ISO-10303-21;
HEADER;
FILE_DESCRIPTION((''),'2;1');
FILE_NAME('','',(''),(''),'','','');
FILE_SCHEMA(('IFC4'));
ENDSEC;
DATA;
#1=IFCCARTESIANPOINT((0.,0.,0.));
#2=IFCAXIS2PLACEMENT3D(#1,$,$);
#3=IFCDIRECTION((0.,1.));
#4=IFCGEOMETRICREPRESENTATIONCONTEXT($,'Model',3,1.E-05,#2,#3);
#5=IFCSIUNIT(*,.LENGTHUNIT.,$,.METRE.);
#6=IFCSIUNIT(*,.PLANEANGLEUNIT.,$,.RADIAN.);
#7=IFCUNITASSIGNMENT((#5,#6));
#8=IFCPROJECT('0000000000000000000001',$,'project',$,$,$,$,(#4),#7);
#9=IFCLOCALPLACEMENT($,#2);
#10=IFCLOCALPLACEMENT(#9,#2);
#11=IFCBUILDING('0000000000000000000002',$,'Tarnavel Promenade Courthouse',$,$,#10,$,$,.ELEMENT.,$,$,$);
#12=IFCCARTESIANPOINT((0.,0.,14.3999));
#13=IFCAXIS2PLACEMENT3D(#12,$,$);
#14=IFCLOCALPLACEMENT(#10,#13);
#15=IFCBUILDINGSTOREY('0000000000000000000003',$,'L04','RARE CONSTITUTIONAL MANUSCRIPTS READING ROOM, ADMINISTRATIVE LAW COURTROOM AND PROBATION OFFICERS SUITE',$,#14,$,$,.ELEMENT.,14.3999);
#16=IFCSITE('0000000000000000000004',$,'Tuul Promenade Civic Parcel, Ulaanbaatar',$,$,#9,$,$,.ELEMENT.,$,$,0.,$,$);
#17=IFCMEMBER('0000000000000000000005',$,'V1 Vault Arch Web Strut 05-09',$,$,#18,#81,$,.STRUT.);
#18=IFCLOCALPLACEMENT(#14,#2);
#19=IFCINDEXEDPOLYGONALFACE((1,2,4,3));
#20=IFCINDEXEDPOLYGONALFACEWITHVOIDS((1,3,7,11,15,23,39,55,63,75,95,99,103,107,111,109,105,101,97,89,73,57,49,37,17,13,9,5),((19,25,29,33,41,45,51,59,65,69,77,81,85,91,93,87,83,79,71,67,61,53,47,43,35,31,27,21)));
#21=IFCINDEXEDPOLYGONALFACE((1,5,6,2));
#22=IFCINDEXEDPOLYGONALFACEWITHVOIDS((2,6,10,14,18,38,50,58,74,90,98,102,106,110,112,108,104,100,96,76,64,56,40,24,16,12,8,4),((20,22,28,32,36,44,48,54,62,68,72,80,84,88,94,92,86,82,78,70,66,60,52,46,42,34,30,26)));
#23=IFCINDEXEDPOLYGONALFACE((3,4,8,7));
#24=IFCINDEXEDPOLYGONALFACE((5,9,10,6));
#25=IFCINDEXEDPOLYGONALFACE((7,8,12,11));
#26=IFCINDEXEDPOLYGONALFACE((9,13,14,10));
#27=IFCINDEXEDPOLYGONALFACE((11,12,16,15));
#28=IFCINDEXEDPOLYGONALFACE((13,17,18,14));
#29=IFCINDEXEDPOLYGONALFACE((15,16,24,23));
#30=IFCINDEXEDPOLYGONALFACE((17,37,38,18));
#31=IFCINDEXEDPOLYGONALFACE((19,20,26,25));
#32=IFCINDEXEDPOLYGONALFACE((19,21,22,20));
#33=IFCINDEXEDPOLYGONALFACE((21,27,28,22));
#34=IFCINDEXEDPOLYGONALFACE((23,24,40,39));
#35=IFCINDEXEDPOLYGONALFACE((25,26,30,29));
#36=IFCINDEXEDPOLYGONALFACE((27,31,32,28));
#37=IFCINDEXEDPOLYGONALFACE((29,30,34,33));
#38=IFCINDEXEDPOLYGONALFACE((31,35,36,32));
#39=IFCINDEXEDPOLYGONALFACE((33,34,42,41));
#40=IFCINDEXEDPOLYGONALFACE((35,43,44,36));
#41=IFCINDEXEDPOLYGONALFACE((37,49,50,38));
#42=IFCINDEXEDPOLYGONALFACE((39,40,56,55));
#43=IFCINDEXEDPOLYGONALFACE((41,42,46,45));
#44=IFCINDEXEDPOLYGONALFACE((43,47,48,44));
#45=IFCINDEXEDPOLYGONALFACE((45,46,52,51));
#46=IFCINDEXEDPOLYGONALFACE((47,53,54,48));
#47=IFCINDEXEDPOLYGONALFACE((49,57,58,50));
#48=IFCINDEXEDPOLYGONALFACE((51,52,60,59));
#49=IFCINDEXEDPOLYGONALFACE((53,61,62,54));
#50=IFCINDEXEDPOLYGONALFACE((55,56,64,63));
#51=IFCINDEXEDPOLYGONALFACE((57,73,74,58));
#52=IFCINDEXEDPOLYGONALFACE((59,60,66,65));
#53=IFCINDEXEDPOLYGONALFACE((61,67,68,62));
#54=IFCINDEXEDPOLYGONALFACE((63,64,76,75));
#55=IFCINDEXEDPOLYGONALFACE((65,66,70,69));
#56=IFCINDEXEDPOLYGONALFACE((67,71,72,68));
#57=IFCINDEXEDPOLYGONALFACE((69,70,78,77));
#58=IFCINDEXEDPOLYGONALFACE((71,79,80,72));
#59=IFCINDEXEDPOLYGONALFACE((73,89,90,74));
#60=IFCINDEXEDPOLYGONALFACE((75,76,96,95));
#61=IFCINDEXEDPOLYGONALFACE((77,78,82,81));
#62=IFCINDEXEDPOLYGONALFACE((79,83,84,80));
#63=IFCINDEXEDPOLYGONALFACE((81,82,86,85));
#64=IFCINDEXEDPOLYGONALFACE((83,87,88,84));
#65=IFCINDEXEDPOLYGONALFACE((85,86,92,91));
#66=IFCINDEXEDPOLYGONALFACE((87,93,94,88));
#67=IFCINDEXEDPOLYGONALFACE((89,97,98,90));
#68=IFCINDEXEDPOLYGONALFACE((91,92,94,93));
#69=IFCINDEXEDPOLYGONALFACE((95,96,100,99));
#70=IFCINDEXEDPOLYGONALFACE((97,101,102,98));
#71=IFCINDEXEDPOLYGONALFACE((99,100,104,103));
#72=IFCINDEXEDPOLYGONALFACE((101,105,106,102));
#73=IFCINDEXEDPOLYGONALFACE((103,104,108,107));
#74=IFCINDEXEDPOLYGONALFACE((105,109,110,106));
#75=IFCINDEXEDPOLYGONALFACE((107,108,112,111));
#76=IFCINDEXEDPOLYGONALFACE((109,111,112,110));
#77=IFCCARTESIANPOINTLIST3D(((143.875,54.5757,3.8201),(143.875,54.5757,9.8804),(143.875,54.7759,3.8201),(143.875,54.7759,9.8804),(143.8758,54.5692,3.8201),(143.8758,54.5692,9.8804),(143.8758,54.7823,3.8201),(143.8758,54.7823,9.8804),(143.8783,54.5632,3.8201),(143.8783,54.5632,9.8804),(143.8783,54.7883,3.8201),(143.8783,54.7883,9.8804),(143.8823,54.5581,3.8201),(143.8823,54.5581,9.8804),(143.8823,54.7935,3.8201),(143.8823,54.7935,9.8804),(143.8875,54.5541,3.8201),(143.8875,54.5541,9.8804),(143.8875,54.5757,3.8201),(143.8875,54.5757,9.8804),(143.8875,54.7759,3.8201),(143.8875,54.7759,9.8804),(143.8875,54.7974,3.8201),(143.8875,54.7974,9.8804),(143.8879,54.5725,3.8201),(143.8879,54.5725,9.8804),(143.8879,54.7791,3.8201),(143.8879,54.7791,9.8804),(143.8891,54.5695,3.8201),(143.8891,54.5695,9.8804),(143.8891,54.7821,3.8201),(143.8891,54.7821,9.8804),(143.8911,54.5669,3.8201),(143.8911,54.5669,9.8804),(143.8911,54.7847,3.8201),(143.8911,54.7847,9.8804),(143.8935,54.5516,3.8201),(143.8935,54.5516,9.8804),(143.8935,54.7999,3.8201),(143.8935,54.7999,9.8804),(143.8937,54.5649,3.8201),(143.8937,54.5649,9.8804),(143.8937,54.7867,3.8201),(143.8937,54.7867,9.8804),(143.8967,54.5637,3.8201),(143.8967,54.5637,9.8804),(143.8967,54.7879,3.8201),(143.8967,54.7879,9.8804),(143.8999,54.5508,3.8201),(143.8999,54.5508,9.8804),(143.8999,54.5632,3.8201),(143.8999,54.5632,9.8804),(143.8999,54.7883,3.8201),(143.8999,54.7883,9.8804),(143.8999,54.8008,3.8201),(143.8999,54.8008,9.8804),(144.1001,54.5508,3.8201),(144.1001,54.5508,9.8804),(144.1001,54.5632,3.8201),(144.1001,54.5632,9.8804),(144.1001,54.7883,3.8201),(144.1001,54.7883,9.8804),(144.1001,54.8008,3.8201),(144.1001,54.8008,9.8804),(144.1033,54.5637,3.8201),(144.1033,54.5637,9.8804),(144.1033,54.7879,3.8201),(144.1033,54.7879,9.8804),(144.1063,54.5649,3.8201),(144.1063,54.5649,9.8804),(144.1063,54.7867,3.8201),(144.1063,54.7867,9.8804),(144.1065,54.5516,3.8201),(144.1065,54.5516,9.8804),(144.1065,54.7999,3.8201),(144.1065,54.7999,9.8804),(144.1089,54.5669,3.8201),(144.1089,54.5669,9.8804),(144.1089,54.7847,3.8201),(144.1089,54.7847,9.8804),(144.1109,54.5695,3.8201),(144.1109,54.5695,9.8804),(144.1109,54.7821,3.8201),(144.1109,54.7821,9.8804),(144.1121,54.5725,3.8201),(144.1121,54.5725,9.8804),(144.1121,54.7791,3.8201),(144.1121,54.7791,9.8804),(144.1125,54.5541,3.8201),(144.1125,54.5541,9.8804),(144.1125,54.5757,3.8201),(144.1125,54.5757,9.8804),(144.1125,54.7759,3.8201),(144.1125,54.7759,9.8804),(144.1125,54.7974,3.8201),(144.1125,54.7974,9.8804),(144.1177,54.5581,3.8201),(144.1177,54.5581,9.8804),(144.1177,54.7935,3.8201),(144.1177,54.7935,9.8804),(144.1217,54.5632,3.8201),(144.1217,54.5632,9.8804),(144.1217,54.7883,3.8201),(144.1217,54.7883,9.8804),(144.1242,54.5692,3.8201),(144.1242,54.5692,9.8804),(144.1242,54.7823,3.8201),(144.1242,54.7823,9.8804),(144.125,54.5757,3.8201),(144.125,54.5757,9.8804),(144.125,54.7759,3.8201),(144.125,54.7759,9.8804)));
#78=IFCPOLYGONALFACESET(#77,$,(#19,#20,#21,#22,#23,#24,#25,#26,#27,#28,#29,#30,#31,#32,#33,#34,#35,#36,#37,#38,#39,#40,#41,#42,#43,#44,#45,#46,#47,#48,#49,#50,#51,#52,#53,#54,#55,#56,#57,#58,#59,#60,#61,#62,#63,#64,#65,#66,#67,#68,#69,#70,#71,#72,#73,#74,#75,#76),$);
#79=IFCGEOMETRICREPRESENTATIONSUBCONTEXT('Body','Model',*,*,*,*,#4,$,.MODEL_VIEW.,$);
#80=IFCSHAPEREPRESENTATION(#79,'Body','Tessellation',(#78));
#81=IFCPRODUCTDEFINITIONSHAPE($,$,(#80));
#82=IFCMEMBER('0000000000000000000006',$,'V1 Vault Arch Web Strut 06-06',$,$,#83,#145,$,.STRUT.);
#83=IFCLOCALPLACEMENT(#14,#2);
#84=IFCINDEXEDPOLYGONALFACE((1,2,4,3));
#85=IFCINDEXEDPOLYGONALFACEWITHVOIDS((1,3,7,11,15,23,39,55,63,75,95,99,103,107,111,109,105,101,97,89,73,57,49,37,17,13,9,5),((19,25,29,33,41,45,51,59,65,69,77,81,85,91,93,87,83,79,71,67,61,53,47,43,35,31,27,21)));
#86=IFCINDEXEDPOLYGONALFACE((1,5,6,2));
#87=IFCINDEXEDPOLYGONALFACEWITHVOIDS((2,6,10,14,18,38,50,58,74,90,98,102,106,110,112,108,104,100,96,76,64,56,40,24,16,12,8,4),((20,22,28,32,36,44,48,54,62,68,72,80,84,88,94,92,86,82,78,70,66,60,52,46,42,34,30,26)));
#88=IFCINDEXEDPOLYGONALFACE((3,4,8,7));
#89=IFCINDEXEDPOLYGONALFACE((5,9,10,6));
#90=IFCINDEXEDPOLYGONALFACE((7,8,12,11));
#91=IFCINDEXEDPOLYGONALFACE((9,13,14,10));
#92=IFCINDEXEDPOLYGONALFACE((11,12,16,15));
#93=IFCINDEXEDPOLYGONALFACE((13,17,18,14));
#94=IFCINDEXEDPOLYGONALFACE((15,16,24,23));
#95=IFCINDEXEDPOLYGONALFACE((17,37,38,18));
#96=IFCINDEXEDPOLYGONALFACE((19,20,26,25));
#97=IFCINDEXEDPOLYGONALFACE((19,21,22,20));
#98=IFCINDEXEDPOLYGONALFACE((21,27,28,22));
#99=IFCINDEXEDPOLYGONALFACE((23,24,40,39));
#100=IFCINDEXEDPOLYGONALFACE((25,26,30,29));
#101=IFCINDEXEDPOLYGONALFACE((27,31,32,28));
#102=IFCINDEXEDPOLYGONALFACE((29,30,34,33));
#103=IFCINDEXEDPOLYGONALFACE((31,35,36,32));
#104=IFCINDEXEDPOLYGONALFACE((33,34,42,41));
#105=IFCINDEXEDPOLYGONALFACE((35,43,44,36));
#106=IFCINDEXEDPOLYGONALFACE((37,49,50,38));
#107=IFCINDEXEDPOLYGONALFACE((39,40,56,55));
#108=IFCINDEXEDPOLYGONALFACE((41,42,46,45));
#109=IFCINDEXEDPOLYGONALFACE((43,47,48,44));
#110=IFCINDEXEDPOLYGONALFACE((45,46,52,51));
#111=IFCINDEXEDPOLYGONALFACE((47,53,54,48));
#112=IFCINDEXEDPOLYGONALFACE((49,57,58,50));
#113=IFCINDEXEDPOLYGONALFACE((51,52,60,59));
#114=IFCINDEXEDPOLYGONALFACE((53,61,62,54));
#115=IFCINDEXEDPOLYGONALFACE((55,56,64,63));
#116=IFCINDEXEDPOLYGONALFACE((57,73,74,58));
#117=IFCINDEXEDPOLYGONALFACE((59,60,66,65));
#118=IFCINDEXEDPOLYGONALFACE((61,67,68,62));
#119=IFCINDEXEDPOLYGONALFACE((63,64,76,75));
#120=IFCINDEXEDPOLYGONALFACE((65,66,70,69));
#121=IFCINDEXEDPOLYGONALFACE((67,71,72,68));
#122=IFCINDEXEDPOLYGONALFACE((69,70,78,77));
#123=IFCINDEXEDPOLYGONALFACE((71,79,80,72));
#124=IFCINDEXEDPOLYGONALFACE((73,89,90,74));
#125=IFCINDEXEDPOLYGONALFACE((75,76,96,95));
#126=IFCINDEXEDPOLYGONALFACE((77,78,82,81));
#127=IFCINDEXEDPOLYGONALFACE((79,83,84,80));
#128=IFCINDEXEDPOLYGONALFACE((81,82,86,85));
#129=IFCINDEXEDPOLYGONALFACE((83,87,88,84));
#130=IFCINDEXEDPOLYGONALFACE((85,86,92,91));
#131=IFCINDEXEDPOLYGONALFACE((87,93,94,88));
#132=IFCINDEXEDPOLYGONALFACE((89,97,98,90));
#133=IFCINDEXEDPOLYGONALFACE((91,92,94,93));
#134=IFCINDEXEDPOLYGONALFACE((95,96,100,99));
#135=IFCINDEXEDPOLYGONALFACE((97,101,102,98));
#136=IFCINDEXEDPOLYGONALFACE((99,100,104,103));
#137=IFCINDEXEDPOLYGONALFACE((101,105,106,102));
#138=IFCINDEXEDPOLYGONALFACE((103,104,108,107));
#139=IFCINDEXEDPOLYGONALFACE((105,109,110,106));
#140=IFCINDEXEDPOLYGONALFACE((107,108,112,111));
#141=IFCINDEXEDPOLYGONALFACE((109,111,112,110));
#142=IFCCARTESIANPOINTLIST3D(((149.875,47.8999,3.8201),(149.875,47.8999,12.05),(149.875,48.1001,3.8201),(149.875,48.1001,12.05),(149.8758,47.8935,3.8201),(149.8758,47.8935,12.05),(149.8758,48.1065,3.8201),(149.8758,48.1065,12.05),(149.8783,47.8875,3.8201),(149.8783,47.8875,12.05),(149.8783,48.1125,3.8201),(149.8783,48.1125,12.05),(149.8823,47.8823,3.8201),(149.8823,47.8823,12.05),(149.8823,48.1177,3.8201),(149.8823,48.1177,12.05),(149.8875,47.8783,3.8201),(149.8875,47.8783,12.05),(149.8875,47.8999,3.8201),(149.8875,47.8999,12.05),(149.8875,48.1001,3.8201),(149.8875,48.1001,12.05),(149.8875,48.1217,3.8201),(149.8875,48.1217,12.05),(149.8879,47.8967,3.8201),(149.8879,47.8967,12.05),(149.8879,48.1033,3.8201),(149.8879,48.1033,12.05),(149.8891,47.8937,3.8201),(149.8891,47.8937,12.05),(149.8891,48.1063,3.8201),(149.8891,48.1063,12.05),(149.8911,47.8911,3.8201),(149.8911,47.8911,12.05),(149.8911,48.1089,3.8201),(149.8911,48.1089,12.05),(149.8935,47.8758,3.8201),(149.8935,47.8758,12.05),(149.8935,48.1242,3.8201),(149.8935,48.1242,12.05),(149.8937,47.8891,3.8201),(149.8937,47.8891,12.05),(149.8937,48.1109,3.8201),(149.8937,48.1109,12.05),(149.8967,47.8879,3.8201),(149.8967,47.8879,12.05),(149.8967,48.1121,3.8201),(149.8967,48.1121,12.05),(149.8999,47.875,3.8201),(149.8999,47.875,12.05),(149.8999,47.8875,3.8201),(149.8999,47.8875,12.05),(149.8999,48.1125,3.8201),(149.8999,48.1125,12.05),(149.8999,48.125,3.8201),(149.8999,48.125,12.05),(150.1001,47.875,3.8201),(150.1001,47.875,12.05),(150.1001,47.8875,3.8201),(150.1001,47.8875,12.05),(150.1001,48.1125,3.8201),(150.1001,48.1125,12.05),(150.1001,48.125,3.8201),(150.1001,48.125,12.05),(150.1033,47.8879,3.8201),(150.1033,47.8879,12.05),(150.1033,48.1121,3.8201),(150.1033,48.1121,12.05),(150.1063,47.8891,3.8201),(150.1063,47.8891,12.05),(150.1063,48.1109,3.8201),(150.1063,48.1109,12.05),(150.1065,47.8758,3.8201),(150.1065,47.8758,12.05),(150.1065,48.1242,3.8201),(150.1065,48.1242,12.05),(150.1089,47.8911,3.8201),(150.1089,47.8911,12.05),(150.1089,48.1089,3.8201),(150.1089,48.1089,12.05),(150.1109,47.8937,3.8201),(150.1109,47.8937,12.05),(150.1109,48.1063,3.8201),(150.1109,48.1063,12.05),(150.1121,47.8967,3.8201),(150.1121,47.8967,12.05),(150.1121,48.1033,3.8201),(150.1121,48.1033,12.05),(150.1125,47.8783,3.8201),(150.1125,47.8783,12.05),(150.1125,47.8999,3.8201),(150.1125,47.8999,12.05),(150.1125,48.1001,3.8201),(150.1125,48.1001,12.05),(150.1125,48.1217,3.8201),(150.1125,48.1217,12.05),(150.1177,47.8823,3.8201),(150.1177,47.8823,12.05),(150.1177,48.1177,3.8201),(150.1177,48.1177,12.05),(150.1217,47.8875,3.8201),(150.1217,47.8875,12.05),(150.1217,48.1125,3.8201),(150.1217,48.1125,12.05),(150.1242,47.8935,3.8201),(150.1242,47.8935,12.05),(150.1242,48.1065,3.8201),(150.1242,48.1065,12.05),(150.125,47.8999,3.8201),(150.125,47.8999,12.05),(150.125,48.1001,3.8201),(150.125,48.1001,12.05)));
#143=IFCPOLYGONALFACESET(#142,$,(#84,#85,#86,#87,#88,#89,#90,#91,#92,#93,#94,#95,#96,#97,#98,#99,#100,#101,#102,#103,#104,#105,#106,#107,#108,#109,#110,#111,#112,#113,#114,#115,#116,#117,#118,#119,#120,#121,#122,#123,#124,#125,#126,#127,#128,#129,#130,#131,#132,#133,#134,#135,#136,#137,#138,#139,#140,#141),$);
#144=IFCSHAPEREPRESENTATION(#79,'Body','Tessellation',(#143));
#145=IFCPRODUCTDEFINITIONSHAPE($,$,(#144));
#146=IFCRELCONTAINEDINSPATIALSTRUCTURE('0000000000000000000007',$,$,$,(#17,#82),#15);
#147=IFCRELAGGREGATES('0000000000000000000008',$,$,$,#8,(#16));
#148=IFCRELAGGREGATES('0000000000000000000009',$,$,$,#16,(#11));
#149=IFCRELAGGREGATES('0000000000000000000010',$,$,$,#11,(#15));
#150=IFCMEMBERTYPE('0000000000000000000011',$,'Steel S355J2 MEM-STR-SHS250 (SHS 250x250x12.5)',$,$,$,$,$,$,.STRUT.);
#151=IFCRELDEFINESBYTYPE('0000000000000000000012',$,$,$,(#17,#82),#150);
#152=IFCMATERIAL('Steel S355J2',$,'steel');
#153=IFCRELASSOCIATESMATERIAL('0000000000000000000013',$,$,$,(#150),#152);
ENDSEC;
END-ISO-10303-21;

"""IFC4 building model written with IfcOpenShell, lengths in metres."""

from ifc_helpers import new_model, si_unit, direction, frame, origin, origin_2d, place, context, subcontext, project, spatial, hollow_rectangle, extrude, material, material_profile, profile_set, type_object, element, save


model = new_model("IFC4")

# Units and contexts
model_context = context("Model", 3, precision=1e-05, world=origin(), true_north=direction((0.0, 1.0)))
body_context = subcontext(model_context, "Body", "Model", "MODEL_VIEW")
ifc_project = project(units=[si_unit("LENGTHUNIT", "METRE"), si_unit("PLANEANGLEUNIT", "RADIAN")], contexts=[model_context])

# Site, building, storey
site_placement = place(None, origin())
site = spatial("IfcSite", under=ifc_project, at=site_placement, Name="Tuul Promenade Civic Parcel, Ulaanbaatar", CompositionType="ELEMENT", RefElevation=0.0)
building_placement = place(site_placement, origin())
building = spatial("IfcBuilding", under=site, at=building_placement, Name="Tarnavel Promenade Courthouse", CompositionType="ELEMENT")
storey_placement = place(building_placement, frame((0.0, 0.0, 14.3999)))
storey = spatial("IfcBuildingStorey", under=building, at=storey_placement, Name="L04", Description="RARE CONSTITUTIONAL MANUSCRIPTS READING ROOM, ADMINISTRATIVE LAW COURTROOM AND PROBATION OFFICERS SUITE", CompositionType="ELEMENT", Elevation=14.3999)

# Shared definitions
ifc_material = material(Name="Steel S355J2", Category="steel")

# Members
ifc_material_profile_1 = material_profile(ifc_material, hollow_rectangle(XDim=0.25, YDim=0.25, WallThickness=0.0125, InnerFilletRadius=0.0125, OuterFilletRadius=0.0249, at=origin_2d()), Name="SHS 250x250x12.5")
ifc_profile_set_1 = profile_set([ifc_material_profile_1], Name="Steel S355J2")
member_type_1 = type_object("IfcMemberType", Name="Steel S355J2 MEM-STR-SHS250 (SHS 250x250x12.5)", PredefinedType="STRUT", material=ifc_profile_set_1)
member_1_placement = place(storey_placement, frame((144.0, 54.6758, 3.8201), z_axis=(0.0, 0.0, 1.0), x_axis=(1.0, 0.0, 0.0)))
element("IfcMember", 1, at=member_1_placement, inside=storey, type_object=member_type_1, Name="V1 Vault Arch Web Strut 05-09", PredefinedType="STRUT", context=body_context, shape_type="SweptSolid", body=[
    extrude(hollow_rectangle(XDim=0.25, YDim=0.25, WallThickness=0.0125, InnerFilletRadius=0.0125, OuterFilletRadius=0.0249, at=origin_2d()), origin(), (0.0, 0.0, 1.0), 6.0603),
])
member_2_placement = place(storey_placement, frame((150.0, 48.0, 3.8201), z_axis=(0.0, 0.0, 1.0), x_axis=(1.0, 0.0, 0.0)))
element("IfcMember", 2, at=member_2_placement, inside=storey, type_object=member_type_1, Name="V1 Vault Arch Web Strut 06-06", PredefinedType="STRUT", context=body_context, shape_type="SweptSolid", body=[
    extrude(hollow_rectangle(XDim=0.25, YDim=0.25, WallThickness=0.0125, InnerFilletRadius=0.0125, OuterFilletRadius=0.0249, at=origin_2d()), origin(), (0.0, 0.0, 1.0), 8.23),
])

save(model, "model.ifc")
